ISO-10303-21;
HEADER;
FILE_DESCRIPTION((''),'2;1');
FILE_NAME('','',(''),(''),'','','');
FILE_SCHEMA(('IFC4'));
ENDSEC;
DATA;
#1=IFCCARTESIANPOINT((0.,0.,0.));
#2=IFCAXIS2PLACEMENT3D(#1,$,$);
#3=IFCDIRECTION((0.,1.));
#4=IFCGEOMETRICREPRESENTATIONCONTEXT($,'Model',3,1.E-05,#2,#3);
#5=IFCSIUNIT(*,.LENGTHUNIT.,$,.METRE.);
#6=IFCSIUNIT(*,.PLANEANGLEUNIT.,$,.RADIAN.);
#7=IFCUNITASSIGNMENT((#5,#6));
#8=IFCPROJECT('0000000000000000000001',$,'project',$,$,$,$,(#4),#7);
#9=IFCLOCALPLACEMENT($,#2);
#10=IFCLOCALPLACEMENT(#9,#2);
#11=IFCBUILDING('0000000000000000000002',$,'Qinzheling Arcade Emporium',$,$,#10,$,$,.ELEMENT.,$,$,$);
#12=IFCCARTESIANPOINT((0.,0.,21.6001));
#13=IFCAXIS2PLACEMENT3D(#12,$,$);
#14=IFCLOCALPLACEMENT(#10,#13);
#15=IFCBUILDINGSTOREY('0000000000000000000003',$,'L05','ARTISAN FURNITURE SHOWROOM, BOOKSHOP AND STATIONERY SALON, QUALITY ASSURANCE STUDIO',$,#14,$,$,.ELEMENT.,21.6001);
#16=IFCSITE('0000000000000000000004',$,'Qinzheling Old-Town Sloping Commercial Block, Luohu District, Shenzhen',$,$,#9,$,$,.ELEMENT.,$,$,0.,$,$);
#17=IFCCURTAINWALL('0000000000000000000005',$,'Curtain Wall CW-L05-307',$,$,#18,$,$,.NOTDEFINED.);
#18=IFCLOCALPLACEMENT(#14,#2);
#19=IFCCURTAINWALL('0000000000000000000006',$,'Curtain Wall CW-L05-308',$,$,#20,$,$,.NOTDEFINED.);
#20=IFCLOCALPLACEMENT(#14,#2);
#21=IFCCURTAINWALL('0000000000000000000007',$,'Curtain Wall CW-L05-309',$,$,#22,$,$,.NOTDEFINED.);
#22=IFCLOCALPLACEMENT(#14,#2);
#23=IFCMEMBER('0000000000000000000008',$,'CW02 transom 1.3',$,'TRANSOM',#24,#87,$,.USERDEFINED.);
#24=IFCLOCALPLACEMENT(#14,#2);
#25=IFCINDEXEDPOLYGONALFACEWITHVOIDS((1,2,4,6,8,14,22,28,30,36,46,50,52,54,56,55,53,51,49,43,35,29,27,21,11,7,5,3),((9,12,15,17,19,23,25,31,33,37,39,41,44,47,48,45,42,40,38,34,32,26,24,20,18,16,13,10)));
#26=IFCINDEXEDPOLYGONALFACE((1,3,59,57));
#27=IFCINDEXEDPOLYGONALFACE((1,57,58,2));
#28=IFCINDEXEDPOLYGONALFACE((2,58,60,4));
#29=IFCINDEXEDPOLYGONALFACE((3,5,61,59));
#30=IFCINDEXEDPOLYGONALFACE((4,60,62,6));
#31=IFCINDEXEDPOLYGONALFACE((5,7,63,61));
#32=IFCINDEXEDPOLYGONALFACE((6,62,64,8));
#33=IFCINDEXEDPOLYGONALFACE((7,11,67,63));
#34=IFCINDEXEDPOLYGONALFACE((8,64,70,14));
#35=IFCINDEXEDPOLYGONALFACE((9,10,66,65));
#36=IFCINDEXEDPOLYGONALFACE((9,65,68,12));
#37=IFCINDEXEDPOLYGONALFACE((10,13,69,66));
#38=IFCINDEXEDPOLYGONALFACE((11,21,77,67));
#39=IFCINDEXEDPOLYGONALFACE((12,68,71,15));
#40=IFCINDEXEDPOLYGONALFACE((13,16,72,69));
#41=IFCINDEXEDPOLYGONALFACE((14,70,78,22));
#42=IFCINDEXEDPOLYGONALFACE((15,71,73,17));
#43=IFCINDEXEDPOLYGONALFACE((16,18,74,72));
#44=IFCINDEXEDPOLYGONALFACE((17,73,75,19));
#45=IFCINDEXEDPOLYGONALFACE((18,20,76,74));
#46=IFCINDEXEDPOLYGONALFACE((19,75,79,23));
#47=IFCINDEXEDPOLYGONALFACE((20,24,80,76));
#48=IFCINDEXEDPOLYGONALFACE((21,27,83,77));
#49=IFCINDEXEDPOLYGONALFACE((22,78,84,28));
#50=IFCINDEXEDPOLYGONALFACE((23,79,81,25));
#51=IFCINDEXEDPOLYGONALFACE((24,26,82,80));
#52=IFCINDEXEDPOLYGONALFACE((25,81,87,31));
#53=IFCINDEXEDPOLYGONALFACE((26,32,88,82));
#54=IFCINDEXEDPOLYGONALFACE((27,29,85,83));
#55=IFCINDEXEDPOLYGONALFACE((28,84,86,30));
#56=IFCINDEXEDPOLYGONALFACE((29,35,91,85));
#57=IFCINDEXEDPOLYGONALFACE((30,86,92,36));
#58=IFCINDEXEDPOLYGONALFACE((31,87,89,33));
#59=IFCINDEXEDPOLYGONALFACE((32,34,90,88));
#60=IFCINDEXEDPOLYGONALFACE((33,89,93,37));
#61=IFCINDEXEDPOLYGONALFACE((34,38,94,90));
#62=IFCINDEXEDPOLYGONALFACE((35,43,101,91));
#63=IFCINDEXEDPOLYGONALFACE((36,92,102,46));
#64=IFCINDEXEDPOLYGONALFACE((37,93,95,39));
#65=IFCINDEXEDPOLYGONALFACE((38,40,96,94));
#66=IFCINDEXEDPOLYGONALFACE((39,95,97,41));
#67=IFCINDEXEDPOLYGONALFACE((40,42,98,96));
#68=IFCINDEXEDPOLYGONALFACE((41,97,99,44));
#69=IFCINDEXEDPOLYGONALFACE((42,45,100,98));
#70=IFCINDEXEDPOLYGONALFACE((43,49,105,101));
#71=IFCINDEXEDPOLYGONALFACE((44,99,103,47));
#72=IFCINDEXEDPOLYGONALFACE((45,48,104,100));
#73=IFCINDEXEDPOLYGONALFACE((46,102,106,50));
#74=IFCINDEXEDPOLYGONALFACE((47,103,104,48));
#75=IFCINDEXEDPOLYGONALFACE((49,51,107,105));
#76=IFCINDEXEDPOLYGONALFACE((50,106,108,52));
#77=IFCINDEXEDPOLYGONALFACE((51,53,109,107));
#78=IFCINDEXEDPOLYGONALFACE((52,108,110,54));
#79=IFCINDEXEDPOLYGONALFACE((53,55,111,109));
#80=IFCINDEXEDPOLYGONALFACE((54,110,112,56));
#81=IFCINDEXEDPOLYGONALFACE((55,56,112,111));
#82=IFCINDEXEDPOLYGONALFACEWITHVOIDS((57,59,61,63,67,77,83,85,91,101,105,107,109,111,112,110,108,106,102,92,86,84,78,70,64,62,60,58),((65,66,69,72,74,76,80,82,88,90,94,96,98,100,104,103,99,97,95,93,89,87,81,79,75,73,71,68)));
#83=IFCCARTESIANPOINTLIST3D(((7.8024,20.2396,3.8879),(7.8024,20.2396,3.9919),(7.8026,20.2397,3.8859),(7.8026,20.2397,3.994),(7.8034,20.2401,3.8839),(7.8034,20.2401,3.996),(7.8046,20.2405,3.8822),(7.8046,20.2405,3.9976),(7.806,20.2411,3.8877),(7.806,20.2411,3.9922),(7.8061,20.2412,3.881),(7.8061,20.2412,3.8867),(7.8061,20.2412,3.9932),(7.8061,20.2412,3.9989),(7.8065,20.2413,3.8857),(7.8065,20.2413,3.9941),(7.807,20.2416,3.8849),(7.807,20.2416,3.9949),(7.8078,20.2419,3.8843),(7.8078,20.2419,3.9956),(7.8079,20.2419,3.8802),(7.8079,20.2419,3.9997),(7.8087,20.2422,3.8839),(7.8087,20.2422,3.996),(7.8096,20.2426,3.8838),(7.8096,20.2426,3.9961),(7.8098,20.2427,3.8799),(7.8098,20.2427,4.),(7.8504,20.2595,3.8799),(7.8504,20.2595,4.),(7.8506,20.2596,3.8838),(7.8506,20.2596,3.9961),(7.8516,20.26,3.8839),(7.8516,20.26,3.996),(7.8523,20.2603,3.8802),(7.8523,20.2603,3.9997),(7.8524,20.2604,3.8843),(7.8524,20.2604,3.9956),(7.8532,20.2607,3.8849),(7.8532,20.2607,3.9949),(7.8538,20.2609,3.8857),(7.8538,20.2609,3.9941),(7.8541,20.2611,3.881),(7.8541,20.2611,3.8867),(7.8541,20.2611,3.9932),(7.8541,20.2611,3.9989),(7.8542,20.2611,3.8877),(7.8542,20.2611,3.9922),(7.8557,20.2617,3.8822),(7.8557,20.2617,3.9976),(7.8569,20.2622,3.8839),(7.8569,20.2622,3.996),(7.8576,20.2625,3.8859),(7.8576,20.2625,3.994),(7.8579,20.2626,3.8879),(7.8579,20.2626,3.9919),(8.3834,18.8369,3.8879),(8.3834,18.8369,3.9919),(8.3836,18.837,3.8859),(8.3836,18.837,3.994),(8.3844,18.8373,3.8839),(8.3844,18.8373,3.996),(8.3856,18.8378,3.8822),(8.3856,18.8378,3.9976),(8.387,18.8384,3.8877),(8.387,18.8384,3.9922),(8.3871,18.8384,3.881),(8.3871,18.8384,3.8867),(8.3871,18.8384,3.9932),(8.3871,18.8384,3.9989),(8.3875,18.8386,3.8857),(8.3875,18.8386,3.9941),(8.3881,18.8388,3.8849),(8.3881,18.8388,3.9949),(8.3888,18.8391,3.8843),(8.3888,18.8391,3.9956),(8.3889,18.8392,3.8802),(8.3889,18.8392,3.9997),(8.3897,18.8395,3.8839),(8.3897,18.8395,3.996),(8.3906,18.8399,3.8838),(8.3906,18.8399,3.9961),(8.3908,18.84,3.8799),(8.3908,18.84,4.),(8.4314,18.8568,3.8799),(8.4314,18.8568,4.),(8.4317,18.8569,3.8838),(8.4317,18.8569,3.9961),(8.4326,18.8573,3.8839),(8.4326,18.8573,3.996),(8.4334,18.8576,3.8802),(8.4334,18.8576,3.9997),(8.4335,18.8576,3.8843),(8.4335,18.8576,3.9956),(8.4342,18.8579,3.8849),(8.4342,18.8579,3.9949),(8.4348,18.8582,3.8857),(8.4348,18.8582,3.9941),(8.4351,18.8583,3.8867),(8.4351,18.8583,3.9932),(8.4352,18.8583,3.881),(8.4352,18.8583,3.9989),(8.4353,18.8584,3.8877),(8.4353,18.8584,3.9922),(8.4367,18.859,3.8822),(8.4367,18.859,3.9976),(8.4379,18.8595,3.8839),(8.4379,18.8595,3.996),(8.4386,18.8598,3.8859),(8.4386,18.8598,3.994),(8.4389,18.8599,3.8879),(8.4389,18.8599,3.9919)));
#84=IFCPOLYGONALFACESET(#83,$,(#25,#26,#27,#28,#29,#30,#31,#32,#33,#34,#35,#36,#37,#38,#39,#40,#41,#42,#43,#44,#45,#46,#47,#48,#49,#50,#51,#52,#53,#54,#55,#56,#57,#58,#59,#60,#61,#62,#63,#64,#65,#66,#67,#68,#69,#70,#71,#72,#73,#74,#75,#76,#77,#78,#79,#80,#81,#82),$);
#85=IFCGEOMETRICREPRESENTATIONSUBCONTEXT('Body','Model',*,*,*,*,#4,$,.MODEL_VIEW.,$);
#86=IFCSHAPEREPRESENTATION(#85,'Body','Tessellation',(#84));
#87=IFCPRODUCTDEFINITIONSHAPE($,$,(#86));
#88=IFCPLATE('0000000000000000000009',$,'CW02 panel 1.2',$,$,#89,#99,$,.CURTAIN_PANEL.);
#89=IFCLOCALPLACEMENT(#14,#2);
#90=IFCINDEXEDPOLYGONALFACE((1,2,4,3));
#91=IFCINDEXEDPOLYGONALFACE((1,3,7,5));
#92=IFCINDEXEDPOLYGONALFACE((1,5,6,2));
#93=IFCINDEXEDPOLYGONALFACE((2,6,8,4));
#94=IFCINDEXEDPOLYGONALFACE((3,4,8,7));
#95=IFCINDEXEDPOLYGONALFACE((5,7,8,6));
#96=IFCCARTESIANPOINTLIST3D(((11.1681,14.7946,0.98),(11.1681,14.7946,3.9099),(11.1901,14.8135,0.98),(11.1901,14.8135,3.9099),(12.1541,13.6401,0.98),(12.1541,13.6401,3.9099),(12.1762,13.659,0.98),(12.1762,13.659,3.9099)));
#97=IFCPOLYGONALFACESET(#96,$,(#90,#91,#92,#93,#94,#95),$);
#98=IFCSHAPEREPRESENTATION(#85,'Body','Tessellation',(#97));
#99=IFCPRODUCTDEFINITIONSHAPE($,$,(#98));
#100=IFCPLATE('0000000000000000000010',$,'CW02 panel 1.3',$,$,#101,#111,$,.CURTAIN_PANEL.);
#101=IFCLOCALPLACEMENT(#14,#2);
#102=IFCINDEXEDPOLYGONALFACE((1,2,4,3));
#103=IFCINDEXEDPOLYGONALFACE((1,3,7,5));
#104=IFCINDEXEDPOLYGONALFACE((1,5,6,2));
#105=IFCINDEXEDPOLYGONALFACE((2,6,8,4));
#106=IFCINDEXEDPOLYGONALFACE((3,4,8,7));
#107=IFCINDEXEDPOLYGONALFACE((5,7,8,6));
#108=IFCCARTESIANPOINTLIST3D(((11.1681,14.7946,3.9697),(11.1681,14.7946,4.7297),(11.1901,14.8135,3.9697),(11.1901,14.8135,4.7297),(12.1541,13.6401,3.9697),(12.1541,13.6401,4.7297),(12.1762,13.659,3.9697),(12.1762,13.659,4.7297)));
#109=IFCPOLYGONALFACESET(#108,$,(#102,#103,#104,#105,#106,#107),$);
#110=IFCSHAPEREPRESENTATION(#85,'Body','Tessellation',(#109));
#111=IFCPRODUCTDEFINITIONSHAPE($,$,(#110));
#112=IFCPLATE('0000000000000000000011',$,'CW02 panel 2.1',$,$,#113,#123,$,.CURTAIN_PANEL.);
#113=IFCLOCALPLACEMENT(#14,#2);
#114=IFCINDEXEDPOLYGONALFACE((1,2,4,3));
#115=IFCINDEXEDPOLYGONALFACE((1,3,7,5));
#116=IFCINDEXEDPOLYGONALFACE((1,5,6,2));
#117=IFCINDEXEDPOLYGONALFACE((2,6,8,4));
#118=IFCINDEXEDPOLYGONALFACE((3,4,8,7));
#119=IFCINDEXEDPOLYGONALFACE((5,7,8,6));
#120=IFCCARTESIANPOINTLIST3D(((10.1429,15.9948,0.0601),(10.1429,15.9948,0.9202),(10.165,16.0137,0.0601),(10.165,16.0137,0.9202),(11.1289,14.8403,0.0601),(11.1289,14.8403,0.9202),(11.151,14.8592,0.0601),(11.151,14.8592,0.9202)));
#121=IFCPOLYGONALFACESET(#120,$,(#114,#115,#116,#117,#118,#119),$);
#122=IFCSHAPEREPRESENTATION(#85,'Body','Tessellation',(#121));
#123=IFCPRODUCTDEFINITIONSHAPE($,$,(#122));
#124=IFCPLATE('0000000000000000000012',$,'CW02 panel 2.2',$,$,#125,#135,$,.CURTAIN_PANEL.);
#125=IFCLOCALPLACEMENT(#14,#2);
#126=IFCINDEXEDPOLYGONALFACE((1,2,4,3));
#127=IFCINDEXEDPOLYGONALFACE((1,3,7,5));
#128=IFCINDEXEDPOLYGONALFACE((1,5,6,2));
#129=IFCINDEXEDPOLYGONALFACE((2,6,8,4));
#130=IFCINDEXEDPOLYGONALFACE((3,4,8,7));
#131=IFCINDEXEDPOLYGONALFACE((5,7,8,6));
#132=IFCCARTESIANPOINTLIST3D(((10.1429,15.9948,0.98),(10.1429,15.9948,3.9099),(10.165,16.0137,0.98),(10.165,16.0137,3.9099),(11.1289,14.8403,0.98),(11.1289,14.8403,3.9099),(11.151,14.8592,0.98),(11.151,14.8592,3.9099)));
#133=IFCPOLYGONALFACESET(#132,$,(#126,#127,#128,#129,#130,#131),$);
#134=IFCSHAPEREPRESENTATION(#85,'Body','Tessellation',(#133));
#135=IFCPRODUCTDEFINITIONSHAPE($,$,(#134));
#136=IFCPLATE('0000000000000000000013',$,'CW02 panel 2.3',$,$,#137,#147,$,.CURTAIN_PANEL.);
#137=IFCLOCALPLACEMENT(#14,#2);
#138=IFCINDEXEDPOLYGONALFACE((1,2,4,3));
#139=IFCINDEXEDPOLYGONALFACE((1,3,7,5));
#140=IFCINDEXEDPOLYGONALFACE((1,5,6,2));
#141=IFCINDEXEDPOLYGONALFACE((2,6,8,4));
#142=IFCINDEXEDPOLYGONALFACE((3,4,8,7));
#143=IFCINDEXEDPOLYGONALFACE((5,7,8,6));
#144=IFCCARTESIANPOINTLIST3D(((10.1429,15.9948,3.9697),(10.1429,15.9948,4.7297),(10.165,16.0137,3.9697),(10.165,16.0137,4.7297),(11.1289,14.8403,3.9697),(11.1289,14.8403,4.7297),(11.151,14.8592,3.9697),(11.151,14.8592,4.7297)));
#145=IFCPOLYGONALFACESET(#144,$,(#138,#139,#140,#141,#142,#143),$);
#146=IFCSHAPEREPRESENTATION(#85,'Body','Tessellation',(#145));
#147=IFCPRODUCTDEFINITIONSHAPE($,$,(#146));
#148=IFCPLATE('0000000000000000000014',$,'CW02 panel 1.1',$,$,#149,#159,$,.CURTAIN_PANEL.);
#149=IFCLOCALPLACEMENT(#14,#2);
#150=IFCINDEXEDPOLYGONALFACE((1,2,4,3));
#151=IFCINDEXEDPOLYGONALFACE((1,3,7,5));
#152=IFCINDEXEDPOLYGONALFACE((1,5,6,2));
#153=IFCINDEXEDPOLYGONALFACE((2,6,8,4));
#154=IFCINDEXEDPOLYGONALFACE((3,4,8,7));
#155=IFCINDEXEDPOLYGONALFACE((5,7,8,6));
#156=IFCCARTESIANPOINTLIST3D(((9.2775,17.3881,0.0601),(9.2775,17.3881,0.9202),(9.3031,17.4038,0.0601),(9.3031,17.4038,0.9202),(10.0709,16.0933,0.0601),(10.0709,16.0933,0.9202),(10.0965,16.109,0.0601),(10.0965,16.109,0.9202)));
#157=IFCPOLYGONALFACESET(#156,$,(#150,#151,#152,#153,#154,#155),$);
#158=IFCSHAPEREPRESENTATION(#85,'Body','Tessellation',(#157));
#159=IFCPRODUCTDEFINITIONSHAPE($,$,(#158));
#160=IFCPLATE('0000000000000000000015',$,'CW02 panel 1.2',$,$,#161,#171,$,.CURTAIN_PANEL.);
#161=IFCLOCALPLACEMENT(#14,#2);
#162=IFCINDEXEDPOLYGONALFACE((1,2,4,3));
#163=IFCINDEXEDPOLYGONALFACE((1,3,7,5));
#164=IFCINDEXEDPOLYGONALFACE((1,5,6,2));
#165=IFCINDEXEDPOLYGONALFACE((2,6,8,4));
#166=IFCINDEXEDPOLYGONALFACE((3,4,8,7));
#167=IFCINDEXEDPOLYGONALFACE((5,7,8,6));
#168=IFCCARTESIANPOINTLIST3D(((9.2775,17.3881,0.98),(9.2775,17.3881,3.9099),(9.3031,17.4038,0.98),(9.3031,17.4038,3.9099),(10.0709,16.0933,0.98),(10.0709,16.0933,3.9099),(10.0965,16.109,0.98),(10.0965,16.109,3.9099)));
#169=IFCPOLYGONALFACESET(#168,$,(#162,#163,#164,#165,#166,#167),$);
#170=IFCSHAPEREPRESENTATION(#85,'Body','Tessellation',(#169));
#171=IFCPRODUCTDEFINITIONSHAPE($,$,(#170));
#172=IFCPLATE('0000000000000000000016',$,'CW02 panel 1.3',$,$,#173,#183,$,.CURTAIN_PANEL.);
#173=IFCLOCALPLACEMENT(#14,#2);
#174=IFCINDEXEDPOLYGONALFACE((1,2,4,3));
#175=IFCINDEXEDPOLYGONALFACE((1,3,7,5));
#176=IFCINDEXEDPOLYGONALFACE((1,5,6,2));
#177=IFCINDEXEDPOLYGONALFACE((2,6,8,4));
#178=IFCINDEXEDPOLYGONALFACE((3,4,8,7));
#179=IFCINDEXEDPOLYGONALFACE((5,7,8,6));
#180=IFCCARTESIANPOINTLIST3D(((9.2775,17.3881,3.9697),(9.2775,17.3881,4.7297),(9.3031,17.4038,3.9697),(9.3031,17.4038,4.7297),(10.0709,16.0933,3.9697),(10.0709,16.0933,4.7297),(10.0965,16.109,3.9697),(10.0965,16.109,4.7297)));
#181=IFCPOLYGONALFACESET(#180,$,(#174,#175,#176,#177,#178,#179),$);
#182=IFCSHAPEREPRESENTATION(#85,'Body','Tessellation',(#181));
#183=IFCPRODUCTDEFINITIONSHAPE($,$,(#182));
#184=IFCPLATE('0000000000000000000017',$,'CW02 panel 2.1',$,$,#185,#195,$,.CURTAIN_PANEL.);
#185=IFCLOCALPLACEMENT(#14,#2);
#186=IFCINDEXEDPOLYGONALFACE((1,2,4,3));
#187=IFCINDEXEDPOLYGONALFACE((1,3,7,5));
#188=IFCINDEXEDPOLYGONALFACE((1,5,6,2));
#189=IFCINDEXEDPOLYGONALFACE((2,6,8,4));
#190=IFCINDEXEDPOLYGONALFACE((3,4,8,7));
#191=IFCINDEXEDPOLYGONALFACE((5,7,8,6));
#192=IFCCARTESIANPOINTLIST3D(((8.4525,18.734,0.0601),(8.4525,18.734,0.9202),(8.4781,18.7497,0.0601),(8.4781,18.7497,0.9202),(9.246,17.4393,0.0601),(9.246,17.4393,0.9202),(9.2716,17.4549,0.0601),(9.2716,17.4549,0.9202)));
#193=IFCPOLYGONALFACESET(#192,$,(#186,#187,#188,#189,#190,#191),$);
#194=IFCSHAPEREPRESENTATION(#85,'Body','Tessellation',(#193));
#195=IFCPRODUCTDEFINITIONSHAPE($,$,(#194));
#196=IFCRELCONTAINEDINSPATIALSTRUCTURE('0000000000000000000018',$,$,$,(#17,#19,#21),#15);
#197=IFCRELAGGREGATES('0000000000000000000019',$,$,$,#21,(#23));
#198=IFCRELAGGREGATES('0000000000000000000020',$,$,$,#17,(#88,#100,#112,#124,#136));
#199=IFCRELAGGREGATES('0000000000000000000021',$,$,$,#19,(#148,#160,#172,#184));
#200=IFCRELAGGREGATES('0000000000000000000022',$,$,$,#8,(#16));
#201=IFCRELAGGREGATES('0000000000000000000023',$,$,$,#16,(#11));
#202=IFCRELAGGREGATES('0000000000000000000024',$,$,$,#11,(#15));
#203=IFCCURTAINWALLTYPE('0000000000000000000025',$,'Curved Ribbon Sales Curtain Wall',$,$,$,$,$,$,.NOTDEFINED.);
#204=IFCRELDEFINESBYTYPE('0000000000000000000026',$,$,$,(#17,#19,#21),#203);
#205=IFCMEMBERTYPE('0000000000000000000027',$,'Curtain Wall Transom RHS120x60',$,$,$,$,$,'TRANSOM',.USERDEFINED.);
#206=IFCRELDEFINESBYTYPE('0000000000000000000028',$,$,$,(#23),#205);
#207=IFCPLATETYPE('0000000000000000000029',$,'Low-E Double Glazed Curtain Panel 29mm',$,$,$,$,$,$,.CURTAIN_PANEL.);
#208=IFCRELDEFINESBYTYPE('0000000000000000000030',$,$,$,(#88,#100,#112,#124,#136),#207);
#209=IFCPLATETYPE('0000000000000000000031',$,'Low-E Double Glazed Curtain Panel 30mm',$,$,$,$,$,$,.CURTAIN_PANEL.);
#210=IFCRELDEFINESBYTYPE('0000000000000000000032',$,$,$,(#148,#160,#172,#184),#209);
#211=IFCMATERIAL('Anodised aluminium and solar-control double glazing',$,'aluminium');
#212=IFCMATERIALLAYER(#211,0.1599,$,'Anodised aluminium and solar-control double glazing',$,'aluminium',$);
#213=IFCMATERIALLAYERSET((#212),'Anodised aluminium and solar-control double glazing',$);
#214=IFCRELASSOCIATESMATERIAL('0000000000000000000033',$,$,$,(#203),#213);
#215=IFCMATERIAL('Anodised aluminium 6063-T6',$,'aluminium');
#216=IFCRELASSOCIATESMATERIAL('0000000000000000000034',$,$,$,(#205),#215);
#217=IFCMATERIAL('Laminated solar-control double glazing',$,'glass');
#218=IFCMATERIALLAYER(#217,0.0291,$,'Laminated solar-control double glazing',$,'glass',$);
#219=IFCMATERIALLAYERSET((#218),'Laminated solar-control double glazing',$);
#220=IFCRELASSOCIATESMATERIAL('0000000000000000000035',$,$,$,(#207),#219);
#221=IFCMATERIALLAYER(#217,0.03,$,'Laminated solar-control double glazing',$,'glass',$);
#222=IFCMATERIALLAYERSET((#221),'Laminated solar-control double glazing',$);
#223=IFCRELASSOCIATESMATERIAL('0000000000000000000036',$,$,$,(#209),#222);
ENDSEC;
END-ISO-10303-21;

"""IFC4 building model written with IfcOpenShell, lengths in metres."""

from ifc_helpers import new_model, si_unit, direction, frame, origin, origin_2d, place, context, subcontext, project, spatial, rectangle, hollow_rectangle, extrude, material, layer, layer_set, material_profile, profile_set, type_object, element, aggregate, save


model = new_model("IFC4")

# Units and contexts
model_context = context("Model", 3, precision=1e-05, world=origin(), true_north=direction((0.0, 1.0)))
body_context = subcontext(model_context, "Body", "Model", "MODEL_VIEW")
ifc_project = project(units=[si_unit("LENGTHUNIT", "METRE"), si_unit("PLANEANGLEUNIT", "RADIAN")], contexts=[model_context])

# Site, building, storey
site_placement = place(None, origin())
site = spatial("IfcSite", under=ifc_project, at=site_placement, Name="Qinzheling Old-Town Sloping Commercial Block, Luohu District, Shenzhen", CompositionType="ELEMENT", RefElevation=0.0)
building_placement = place(site_placement, origin())
building = spatial("IfcBuilding", under=site, at=building_placement, Name="Qinzheling Arcade Emporium", CompositionType="ELEMENT")
storey_placement = place(building_placement, frame((0.0, 0.0, 21.6001)))
storey = spatial("IfcBuildingStorey", under=building, at=storey_placement, Name="L05", Description="ARTISAN FURNITURE SHOWROOM, BOOKSHOP AND STATIONERY SALON, QUALITY ASSURANCE STUDIO", CompositionType="ELEMENT", Elevation=21.6001)

# Curtain walls
ifc_material_1 = material(Name="Anodised aluminium and solar-control double glazing", Category="aluminium")
ifc_layer_1 = layer(ifc_material_1, 0.1599, Name="Anodised aluminium and solar-control double glazing", Category="aluminium")
ifc_layer_set_1 = layer_set([ifc_layer_1], Name="Anodised aluminium and solar-control double glazing")
curtain_wall_type = type_object("IfcCurtainWallType", Name="Curved Ribbon Sales Curtain Wall", PredefinedType="NOTDEFINED", material=ifc_layer_set_1)
curtain_wall_1_placement = place(storey_placement, origin())
curtain_wall_1 = element("IfcCurtainWall", 1, at=curtain_wall_1_placement, inside=storey, type_object=curtain_wall_type, Name="Curtain Wall CW-L05-307", PredefinedType="NOTDEFINED")
ifc_material_2 = material(Name="Anodised aluminium 6063-T6", Category="aluminium")
curtain_wall_2_placement = place(storey_placement, origin())
curtain_wall_2 = element("IfcCurtainWall", 2, at=curtain_wall_2_placement, inside=storey, type_object=curtain_wall_type, Name="Curtain Wall CW-L05-308", PredefinedType="NOTDEFINED")

# Curtain wall
curtain_wall_3_placement = place(storey_placement, origin())
curtain_wall_3 = element("IfcCurtainWall", 3, at=curtain_wall_3_placement, inside=storey, type_object=curtain_wall_type, Name="Curtain Wall CW-L05-309", PredefinedType="NOTDEFINED")

# Member
ifc_material_profile_1 = material_profile(ifc_material_2, hollow_rectangle(XDim=0.0601, YDim=0.1201, WallThickness=0.0039, InnerFilletRadius=0.0039, OuterFilletRadius=0.0081, at=origin_2d()), Name="RHS 120x60x4", Category="aluminium")
ifc_profile_set_1 = profile_set([ifc_material_profile_1], Name="Anodised aluminium 6063-T6")
member_type_1 = type_object("IfcMemberType", Name="Curtain Wall Transom RHS120x60", ElementType="TRANSOM", PredefinedType="USERDEFINED", material=ifc_profile_set_1)
member_1_placement = place(storey_placement, frame((8.4111, 18.8484, 3.9399), z_axis=(-0.382674, 0.923884, 0.0), x_axis=(-0.923884, -0.382674, 0.0)))
member_1 = element("IfcMember", 4, at=member_1_placement, type_object=member_type_1, Name="CW02 transom 1.3", ObjectType="TRANSOM", PredefinedType="USERDEFINED", context=body_context, shape_type="SweptSolid", body=[
    extrude(hollow_rectangle(XDim=0.0601, YDim=0.1201, WallThickness=0.0039, InnerFilletRadius=0.0039, OuterFilletRadius=0.0081, at=origin_2d()), origin(), (0.0, 0.0, 1.0), 1.5183),
])
aggregate(curtain_wall_3, [member_1])

# Plates
ifc_material_3 = material(Name="Laminated solar-control double glazing", Category="glass")
ifc_layer_2 = layer(ifc_material_3, 0.0291, Name="Laminated solar-control double glazing", Category="glass")
ifc_layer_set_2 = layer_set([ifc_layer_2], Name="Laminated solar-control double glazing")
plate_type_1 = type_object("IfcPlateType", Name="Low-E Double Glazed Curtain Panel 29mm", PredefinedType="CURTAIN_PANEL", material=ifc_layer_set_2)
plate_1_placement = place(storey_placement, frame((11.6721, 14.2268, 0.98), z_axis=(0.0, 0.0, 1.0), x_axis=(-0.649433, 0.760418, 0.0)))
plate_1 = element("IfcPlate", 5, at=plate_1_placement, type_object=plate_type_1, Name="CW02 panel 1.2", PredefinedType="CURTAIN_PANEL", context=body_context, shape_type="SweptSolid", body=[
    extrude(rectangle(XDim=1.5183, YDim=0.0291, at=origin_2d()), origin(), (0.0, 0.0, 1.0), 2.9299),
])
plate_2_placement = place(storey_placement, frame((11.6721, 14.2268, 3.9697), z_axis=(0.0, 0.0, 1.0), x_axis=(-0.649433, 0.760418, 0.0)))
plate_2 = element("IfcPlate", 6, at=plate_2_placement, type_object=plate_type_1, Name="CW02 panel 1.3", PredefinedType="CURTAIN_PANEL", context=body_context, shape_type="SweptSolid", body=[
    extrude(rectangle(XDim=1.5183, YDim=0.0291, at=origin_2d()), origin(), (0.0, 0.0, 1.0), 0.76),
])
plate_3_placement = place(storey_placement, frame((10.647, 15.427, 0.0601), z_axis=(0.0, 0.0, 1.0), x_axis=(-0.649433, 0.760418, 0.0)))
plate_3 = element("IfcPlate", 7, at=plate_3_placement, type_object=plate_type_1, Name="CW02 panel 2.1", PredefinedType="CURTAIN_PANEL", context=body_context, shape_type="SweptSolid", body=[
    extrude(rectangle(XDim=1.5183, YDim=0.0291, at=origin_2d()), origin(), (0.0, 0.0, 1.0), 0.8601),
])
plate_4_placement = place(storey_placement, frame((10.647, 15.427, 0.98), z_axis=(0.0, 0.0, 1.0), x_axis=(-0.649433, 0.760418, 0.0)))
plate_4 = element("IfcPlate", 8, at=plate_4_placement, type_object=plate_type_1, Name="CW02 panel 2.2", PredefinedType="CURTAIN_PANEL", context=body_context, shape_type="SweptSolid", body=[
    extrude(rectangle(XDim=1.5183, YDim=0.0291, at=origin_2d()), origin(), (0.0, 0.0, 1.0), 2.9299),
])
plate_5_placement = place(storey_placement, frame((10.647, 15.427, 3.9697), z_axis=(0.0, 0.0, 1.0), x_axis=(-0.649433, 0.760418, 0.0)))
plate_5 = element("IfcPlate", 9, at=plate_5_placement, type_object=plate_type_1, Name="CW02 panel 2.3", PredefinedType="CURTAIN_PANEL", context=body_context, shape_type="SweptSolid", body=[
    extrude(rectangle(XDim=1.5183, YDim=0.0291, at=origin_2d()), origin(), (0.0, 0.0, 1.0), 0.76),
])
aggregate(curtain_wall_1, [plate_1, plate_2, plate_3, plate_4, plate_5])
ifc_layer_3 = layer(ifc_material_3, 0.03, Name="Laminated solar-control double glazing", Category="glass")
ifc_layer_set_3 = layer_set([ifc_layer_3], Name="Laminated solar-control double glazing")
plate_type_2 = type_object("IfcPlateType", Name="Low-E Double Glazed Curtain Panel 30mm", PredefinedType="CURTAIN_PANEL", material=ifc_layer_set_3)
plate_6_placement = place(storey_placement, frame((9.687, 16.7485, 0.0601), z_axis=(0.0, 0.0, 1.0), x_axis=(-0.522518, 0.852628, 0.0)))
plate_6 = element("IfcPlate", 10, at=plate_6_placement, type_object=plate_type_2, Name="CW02 panel 1.1", PredefinedType="CURTAIN_PANEL", context=body_context, shape_type="SweptSolid", body=[
    extrude(rectangle(XDim=1.5186, YDim=0.03, at=origin_2d()), origin(), (0.0, 0.0, 1.0), 0.8601),
])
plate_7_placement = place(storey_placement, frame((9.687, 16.7485, 0.98), z_axis=(0.0, 0.0, 1.0), x_axis=(-0.522518, 0.852628, 0.0)))
plate_7 = element("IfcPlate", 11, at=plate_7_placement, type_object=plate_type_2, Name="CW02 panel 1.2", PredefinedType="CURTAIN_PANEL", context=body_context, shape_type="SweptSolid", body=[
    extrude(rectangle(XDim=1.5186, YDim=0.03, at=origin_2d()), origin(), (0.0, 0.0, 1.0), 2.9299),
])
plate_8_placement = place(storey_placement, frame((9.687, 16.7485, 3.9697), z_axis=(0.0, 0.0, 1.0), x_axis=(-0.522518, 0.852628, 0.0)))
plate_8 = element("IfcPlate", 12, at=plate_8_placement, type_object=plate_type_2, Name="CW02 panel 1.3", PredefinedType="CURTAIN_PANEL", context=body_context, shape_type="SweptSolid", body=[
    extrude(rectangle(XDim=1.5186, YDim=0.03, at=origin_2d()), origin(), (0.0, 0.0, 1.0), 0.76),
])
plate_9_placement = place(storey_placement, frame((8.8621, 18.0945, 0.0601), z_axis=(0.0, 0.0, 1.0), x_axis=(-0.522518, 0.852628, 0.0)))
plate_9 = element("IfcPlate", 13, at=plate_9_placement, type_object=plate_type_2, Name="CW02 panel 2.1", PredefinedType="CURTAIN_PANEL", context=body_context, shape_type="SweptSolid", body=[
    extrude(rectangle(XDim=1.5186, YDim=0.03, at=origin_2d()), origin(), (0.0, 0.0, 1.0), 0.8601),
])
aggregate(curtain_wall_2, [plate_6, plate_7, plate_8, plate_9])

save(model, "model.ifc")
